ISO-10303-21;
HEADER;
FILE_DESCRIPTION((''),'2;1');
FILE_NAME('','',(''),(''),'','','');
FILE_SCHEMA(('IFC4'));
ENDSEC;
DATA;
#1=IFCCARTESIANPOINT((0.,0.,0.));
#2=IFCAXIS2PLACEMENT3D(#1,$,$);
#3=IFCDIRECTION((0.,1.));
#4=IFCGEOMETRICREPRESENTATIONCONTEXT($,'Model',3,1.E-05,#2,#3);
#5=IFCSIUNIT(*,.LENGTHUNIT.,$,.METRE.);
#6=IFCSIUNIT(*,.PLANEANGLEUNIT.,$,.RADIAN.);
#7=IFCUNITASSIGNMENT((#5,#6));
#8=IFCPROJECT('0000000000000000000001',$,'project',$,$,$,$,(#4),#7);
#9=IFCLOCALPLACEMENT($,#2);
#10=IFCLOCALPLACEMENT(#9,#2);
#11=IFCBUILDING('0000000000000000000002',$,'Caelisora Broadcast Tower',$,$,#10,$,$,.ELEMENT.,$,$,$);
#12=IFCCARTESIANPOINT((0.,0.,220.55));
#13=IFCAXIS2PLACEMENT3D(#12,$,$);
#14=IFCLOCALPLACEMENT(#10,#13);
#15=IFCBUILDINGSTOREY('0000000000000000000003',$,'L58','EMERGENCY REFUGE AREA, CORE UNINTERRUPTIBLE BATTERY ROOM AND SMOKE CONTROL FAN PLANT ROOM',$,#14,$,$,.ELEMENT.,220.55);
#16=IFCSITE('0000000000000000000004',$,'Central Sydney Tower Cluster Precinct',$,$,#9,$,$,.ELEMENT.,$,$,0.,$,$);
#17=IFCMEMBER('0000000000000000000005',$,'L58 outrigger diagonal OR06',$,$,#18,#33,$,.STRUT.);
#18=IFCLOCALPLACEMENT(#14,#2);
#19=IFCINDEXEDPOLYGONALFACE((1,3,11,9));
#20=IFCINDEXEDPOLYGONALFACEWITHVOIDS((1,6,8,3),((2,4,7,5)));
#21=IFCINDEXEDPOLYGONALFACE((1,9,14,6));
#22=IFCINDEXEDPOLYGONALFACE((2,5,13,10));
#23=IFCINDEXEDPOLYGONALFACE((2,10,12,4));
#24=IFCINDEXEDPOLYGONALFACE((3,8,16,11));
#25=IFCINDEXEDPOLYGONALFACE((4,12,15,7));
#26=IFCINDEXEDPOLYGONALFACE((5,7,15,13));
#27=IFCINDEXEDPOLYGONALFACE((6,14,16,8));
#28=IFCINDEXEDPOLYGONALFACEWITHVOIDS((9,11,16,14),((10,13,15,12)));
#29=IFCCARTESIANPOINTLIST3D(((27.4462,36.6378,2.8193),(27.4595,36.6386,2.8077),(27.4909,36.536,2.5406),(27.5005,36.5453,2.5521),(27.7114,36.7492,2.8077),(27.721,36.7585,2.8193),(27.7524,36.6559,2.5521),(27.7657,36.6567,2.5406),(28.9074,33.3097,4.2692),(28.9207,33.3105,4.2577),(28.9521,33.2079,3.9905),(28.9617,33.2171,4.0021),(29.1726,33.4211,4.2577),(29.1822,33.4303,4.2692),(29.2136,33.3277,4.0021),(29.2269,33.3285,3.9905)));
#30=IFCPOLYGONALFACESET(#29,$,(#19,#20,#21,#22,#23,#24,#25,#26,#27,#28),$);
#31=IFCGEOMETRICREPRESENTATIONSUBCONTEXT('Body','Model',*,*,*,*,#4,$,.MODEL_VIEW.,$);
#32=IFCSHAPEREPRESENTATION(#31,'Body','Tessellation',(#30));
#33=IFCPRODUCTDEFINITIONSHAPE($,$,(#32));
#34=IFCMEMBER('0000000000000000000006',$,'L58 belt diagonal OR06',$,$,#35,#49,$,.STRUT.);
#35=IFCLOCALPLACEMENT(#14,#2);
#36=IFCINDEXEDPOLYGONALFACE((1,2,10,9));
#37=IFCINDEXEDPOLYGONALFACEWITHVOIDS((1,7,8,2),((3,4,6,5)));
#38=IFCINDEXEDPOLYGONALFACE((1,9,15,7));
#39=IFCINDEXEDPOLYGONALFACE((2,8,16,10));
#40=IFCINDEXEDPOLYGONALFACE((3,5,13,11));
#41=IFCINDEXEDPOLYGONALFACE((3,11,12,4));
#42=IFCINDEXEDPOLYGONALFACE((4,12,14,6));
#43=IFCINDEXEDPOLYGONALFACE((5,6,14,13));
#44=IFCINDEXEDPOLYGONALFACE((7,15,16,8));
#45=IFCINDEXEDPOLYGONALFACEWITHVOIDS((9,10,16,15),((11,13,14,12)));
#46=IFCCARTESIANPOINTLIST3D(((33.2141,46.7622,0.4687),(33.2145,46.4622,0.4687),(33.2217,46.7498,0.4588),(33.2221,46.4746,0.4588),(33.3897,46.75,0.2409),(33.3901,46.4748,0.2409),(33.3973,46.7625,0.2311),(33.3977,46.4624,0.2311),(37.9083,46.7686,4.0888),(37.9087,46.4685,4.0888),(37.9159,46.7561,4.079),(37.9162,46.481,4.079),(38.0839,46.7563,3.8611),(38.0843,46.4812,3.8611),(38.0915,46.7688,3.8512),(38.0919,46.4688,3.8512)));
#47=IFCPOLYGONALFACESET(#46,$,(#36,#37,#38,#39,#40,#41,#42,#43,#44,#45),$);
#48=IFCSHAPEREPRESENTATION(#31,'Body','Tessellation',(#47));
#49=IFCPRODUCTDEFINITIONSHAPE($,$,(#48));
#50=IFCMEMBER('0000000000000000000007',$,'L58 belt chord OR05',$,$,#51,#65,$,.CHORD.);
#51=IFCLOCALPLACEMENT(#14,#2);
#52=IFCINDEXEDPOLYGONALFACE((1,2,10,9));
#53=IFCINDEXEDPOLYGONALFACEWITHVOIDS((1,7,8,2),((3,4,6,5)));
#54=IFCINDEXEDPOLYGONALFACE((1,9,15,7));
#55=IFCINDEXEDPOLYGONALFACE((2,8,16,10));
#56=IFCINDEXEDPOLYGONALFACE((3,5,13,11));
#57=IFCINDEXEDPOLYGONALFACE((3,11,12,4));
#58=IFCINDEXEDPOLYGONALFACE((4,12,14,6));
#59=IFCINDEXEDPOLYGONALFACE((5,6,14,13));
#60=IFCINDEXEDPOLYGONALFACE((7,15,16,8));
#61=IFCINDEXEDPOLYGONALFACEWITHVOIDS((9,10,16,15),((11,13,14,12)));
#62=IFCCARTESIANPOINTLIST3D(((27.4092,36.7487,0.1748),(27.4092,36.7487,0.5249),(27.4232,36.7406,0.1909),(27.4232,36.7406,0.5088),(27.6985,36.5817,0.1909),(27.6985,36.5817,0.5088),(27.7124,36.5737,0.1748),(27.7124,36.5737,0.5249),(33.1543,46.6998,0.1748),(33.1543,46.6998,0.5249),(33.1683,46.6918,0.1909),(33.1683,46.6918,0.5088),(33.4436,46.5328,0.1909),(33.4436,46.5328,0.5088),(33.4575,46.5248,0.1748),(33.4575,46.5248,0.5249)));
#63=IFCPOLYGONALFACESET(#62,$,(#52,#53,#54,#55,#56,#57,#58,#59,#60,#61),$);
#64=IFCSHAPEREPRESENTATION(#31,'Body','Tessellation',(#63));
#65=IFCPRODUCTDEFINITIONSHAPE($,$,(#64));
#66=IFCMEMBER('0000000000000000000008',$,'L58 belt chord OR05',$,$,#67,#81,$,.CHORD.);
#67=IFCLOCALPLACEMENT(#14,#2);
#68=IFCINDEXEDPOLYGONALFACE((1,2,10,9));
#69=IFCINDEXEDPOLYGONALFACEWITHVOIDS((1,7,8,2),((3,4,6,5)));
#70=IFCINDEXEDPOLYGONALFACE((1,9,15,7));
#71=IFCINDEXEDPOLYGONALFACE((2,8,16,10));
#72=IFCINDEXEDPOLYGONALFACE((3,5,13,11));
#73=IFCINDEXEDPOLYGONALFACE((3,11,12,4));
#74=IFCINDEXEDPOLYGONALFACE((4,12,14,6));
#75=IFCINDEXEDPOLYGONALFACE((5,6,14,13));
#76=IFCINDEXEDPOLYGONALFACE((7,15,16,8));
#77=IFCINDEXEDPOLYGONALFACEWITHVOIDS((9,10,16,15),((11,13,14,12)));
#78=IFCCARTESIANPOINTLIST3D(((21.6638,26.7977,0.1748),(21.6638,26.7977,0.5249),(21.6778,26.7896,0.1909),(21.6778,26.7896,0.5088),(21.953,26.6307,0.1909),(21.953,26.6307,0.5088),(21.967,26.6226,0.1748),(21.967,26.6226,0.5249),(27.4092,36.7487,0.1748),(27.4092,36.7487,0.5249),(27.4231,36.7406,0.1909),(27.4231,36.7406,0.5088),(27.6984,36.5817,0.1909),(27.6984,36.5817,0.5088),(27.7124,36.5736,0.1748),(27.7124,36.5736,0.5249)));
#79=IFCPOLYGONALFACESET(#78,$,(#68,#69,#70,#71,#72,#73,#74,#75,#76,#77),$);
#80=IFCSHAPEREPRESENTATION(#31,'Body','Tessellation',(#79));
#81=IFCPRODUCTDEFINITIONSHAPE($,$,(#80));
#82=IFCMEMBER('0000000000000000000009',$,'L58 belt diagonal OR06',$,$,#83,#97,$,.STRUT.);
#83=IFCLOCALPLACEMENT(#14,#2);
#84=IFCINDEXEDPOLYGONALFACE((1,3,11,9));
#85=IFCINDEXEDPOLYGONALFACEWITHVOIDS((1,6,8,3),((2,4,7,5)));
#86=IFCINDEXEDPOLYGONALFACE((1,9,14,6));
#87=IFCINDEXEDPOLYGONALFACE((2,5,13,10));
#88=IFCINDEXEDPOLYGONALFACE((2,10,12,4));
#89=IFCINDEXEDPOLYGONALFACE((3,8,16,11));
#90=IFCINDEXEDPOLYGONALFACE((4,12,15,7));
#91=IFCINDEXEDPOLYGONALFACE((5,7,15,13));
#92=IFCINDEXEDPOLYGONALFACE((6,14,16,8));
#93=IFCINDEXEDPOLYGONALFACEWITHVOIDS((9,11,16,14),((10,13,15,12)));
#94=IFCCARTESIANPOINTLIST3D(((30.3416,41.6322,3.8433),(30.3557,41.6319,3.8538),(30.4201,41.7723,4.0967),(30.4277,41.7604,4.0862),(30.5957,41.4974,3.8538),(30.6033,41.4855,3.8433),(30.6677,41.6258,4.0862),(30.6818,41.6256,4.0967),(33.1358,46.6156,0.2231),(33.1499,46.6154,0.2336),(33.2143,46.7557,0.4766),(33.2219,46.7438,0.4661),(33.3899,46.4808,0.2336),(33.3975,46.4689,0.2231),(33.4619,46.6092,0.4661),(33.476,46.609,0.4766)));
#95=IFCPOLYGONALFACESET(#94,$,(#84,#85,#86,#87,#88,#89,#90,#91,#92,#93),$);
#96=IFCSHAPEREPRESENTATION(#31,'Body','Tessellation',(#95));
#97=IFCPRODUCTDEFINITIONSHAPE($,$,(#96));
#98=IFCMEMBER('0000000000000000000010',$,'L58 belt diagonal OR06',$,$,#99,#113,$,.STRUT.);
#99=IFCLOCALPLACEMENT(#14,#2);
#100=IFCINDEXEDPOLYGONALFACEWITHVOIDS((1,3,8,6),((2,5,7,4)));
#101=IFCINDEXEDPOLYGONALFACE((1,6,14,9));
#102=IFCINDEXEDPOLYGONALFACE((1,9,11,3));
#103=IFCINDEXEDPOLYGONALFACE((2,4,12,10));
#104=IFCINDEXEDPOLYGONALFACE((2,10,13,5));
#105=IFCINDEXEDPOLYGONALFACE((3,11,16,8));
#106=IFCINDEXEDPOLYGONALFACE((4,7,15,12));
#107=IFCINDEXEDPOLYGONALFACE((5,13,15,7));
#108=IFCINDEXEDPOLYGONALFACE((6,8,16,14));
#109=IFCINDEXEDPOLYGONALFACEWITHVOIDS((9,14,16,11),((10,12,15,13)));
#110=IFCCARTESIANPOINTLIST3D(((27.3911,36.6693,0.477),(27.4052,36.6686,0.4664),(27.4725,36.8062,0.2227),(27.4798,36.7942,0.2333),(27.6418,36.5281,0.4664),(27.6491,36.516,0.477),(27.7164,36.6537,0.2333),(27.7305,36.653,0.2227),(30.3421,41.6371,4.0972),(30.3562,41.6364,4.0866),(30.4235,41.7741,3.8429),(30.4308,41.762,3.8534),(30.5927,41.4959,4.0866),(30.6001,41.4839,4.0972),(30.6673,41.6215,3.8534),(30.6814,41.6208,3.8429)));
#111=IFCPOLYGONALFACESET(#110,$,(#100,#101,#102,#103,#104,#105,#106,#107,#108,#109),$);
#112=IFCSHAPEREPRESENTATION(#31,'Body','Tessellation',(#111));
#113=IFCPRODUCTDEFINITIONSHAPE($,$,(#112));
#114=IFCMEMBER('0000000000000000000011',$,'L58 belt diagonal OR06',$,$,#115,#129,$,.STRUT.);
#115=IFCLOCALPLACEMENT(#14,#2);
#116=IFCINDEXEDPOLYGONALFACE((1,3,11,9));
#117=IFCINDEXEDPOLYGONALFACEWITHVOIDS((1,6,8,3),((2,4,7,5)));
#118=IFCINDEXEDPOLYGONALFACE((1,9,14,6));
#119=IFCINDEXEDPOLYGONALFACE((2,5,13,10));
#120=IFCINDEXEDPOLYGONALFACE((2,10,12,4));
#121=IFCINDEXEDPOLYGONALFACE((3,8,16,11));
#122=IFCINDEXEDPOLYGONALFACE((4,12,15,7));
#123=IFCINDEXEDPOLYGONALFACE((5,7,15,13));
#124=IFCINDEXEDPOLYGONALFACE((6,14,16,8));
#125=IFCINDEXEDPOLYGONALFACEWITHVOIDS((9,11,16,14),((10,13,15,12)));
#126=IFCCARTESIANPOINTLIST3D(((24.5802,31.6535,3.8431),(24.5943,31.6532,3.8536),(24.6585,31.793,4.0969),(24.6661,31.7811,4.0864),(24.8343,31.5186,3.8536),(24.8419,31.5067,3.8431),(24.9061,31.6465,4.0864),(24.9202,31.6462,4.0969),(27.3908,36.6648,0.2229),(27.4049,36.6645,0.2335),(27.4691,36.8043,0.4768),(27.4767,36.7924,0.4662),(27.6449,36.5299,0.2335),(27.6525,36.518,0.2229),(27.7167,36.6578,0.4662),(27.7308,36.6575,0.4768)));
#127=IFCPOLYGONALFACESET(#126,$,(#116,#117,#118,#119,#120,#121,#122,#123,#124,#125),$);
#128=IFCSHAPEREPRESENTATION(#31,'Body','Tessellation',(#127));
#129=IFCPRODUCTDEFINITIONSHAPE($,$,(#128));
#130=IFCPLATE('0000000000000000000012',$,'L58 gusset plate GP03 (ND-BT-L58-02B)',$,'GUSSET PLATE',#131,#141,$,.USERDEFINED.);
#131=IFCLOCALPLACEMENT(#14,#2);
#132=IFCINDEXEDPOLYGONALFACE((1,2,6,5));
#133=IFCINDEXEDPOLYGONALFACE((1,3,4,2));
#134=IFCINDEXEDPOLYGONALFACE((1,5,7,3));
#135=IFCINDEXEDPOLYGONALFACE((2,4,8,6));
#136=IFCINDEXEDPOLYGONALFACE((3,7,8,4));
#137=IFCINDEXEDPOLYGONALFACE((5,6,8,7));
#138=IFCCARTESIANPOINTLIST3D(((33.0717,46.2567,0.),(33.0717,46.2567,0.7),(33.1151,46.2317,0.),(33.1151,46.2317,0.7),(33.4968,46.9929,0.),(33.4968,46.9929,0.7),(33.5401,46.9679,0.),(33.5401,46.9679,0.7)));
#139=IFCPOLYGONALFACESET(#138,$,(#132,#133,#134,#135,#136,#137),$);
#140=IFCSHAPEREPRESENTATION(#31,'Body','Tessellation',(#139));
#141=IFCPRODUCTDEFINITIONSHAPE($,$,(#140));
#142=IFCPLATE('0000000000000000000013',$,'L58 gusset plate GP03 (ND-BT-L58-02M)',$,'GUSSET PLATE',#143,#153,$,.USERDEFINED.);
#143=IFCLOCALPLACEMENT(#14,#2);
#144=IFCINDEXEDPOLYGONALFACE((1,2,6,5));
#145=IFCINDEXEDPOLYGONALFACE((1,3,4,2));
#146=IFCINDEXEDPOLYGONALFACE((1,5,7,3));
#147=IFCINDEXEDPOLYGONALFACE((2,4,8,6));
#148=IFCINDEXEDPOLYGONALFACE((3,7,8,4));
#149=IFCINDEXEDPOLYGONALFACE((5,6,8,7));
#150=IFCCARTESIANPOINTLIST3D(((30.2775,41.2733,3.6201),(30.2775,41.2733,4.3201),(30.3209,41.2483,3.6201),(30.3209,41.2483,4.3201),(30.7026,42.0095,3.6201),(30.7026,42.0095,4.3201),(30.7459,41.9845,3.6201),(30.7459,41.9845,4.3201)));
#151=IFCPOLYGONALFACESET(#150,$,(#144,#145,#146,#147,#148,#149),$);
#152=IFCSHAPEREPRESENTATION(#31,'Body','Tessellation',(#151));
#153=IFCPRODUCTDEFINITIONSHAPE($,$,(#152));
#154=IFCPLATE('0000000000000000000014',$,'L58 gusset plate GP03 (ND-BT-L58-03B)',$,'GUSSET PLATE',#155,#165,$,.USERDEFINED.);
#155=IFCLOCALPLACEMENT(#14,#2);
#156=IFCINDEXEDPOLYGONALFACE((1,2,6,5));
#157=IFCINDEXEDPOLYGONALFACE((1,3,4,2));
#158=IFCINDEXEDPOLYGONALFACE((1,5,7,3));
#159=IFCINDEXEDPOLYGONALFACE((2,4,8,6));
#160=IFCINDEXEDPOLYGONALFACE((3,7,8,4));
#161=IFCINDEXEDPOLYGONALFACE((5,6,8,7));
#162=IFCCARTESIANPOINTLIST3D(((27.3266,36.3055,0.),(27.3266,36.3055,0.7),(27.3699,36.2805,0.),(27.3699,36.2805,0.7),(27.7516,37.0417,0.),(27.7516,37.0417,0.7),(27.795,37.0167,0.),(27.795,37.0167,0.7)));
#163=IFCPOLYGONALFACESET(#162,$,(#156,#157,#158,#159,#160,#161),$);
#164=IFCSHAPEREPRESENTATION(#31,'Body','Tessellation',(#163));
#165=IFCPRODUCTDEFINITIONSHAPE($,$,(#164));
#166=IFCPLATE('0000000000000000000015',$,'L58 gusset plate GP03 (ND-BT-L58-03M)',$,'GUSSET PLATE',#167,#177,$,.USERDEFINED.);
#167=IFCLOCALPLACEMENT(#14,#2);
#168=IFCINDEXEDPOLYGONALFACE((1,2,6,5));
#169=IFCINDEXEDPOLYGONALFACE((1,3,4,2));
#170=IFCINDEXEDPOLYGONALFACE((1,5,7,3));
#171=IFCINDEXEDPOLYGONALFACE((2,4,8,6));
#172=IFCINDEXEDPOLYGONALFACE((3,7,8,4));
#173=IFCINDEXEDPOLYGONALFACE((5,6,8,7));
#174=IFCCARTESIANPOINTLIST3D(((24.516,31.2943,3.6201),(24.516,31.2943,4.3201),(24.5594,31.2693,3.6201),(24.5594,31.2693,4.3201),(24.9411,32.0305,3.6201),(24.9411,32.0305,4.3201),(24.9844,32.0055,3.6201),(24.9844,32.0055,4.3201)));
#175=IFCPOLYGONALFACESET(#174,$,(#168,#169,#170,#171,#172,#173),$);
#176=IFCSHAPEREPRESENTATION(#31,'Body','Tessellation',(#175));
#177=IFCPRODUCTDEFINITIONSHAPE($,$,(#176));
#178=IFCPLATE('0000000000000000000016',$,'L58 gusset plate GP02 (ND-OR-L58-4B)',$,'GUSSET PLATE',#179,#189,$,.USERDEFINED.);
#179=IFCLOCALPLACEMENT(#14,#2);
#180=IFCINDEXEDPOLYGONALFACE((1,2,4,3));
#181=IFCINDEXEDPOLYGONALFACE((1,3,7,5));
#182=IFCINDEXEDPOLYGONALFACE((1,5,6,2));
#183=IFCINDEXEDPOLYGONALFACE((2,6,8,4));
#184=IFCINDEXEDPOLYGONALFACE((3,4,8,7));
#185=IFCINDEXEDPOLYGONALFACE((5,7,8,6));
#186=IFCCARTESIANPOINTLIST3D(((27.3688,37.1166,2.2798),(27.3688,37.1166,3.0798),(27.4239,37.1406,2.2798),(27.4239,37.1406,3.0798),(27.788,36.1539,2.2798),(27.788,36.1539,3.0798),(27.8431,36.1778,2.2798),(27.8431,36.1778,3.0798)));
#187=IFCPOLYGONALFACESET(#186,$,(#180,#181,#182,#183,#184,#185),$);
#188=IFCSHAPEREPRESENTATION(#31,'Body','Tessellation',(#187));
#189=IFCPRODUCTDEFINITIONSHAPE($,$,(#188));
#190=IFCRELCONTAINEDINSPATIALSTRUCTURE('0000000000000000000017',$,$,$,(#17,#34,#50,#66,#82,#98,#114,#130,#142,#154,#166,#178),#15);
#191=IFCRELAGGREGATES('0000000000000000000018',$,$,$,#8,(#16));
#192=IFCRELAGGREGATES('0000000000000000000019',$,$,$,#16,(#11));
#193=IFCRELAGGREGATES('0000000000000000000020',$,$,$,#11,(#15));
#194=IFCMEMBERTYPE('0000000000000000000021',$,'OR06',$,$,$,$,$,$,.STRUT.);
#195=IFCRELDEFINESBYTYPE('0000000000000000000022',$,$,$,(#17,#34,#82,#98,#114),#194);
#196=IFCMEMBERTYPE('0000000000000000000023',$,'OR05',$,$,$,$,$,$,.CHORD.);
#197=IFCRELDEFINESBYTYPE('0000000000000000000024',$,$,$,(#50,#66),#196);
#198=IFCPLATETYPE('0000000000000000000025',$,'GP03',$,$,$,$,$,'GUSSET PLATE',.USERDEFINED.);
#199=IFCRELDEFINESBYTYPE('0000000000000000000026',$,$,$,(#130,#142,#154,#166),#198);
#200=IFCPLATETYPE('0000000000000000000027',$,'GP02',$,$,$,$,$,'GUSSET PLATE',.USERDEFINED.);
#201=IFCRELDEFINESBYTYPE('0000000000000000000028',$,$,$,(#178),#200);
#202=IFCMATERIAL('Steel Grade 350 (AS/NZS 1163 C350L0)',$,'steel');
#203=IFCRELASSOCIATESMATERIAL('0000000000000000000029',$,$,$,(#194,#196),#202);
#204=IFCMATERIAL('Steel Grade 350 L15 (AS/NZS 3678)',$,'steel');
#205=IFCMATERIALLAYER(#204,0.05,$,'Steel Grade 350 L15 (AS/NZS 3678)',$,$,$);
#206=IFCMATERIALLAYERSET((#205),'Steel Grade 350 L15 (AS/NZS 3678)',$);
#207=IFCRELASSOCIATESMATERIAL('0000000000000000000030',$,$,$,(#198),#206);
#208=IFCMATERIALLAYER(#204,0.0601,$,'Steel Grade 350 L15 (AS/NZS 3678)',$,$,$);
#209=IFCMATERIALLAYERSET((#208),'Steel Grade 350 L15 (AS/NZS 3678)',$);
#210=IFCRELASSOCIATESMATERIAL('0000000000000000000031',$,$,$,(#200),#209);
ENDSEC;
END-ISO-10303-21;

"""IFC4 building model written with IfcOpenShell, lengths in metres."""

from ifc_helpers import new_model, si_unit, direction, frame, origin, origin_2d, place, context, subcontext, project, spatial, rectangle, hollow_rectangle, extrude, source, transform, mapped, material, layer, layer_set, material_profile, profile_set, type_object, type_shapes, element, save


model = new_model("IFC4")

# Units and contexts
model_context = context("Model", 3, precision=1e-05, world=origin(), true_north=direction((0.0, 1.0)))
body_context = subcontext(model_context, "Body", "Model", "MODEL_VIEW")
ifc_project = project(units=[si_unit("LENGTHUNIT", "METRE"), si_unit("PLANEANGLEUNIT", "RADIAN")], contexts=[model_context])

# Site, building, storey
site_placement = place(None, origin())
site = spatial("IfcSite", under=ifc_project, at=site_placement, Name="Central Sydney Tower Cluster Precinct", CompositionType="ELEMENT", RefElevation=0.0)
building_placement = place(site_placement, origin())
building = spatial("IfcBuilding", under=site, at=building_placement, Name="Caelisora Broadcast Tower", CompositionType="ELEMENT")
storey_placement = place(building_placement, frame((0.0, 0.0, 220.55)))
storey = spatial("IfcBuildingStorey", under=building, at=storey_placement, Name="L58", Description="EMERGENCY REFUGE AREA, CORE UNINTERRUPTIBLE BATTERY ROOM AND SMOKE CONTROL FAN PLANT ROOM", CompositionType="ELEMENT", Elevation=220.55)

# Shared definitions
ifc_material_1 = material(Name="Steel Grade 350 L15 (AS/NZS 3678)", Category="steel")

# Shared definitions
ifc_material_2 = material(Name="Steel Grade 350 (AS/NZS 1163 C350L0)", Category="steel")

# Members
ifc_material_profile_1 = material_profile(ifc_material_2, hollow_rectangle(XDim=0.3, YDim=0.3, WallThickness=0.0125, at=origin_2d()), Name="Steel Grade 350 (AS/NZS 1163 C350L0)")
ifc_profile_set_1 = profile_set([ifc_material_profile_1], Name="Steel Grade 350 (AS/NZS 1163 C350L0)")
member_type_1 = type_object("IfcMemberType", Name="OR06", PredefinedType="STRUT", material=ifc_profile_set_1)
shared_shape_1 = source(origin(), body_context, "Body", "SweptSolid", [
    extrude(hollow_rectangle(XDim=0.3, YDim=0.3, WallThickness=0.0125, at=origin_2d()), origin(), (0.0, 0.0, 1.0), 3.9133),
])
member_1_placement = place(storey_placement, frame((29.0671, 33.3191, 4.1299), z_axis=(-0.37339, 0.850468, -0.37052), x_axis=(-0.915639, -0.402002, 0.0)))
element("IfcMember", 1, at=member_1_placement, inside=storey, type_object=member_type_1, Name="L58 outrigger diagonal OR06", PredefinedType="STRUT", context=body_context, shape_type="MappedRepresentation", body=[
    mapped(shared_shape_1, transform((0.0, 0.0, 0.0), scale=1.0)),
])
shared_shape_2 = source(origin(), body_context, "Body", "SweptSolid", [
    extrude(hollow_rectangle(XDim=0.3, YDim=0.3, WallThickness=0.0125, at=origin_2d()), origin(), (0.0, 0.0, 1.0), 5.928),
])
member_2_placement = place(storey_placement, frame((33.3059, 46.6123, 0.3499), z_axis=(0.791867, 0.001071, 0.610693), x_axis=(-0.001352, 0.999999, 0.0)))
element("IfcMember", 2, at=member_2_placement, inside=storey, type_object=member_type_1, Name="L58 belt diagonal OR06", PredefinedType="STRUT", context=body_context, shape_type="MappedRepresentation", body=[
    mapped(shared_shape_2, transform((0.0, 0.0, 0.0), scale=1.0)),
])
ifc_material_profile_2 = material_profile(ifc_material_2, hollow_rectangle(XDim=0.3501, YDim=0.3501, WallThickness=0.0161, at=origin_2d()), Name="Steel Grade 350 (AS/NZS 1163 C350L0)")
ifc_profile_set_2 = profile_set([ifc_material_profile_2], Name="Steel Grade 350 (AS/NZS 1163 C350L0)")
member_type_2 = type_object("IfcMemberType", Name="OR05", PredefinedType="CHORD", material=ifc_profile_set_2)
shared_shape_3 = source(origin(), body_context, "Body", "SweptSolid", [
    extrude(hollow_rectangle(XDim=0.3501, YDim=0.3501, WallThickness=0.0161, at=origin_2d()), origin(), (0.0, 0.0, 1.0), 11.4905),
])
type_shapes(member_type_2, [shared_shape_3])
for number, where, z_axis, x_axis, name in (
    (3, (33.3059, 46.6123, 0.3499), (-0.499987, -0.866033, 0.0), (0.866033, -0.499987, 0.0), "L58 belt chord OR05"),
    (4, (27.5608, 36.6611, 0.3499), (-0.500012, -0.866018, 0.0), (0.866018, -0.500012, 0.0), "L58 belt chord OR05"),
):
    element("IfcMember", number, at=place(storey_placement, frame(where, z_axis=z_axis, x_axis=x_axis)), inside=storey, type_object=member_type_2, Name=name, PredefinedType="CHORD", context=body_context, shape_type="MappedRepresentation", body=[
        mapped(shared_shape_3, transform((0.0, 0.0, 0.0), scale=1.0)),
    ])
shared_shape_4 = source(origin(), body_context, "Body", "SweptSolid", [
    extrude(hollow_rectangle(XDim=0.3, YDim=0.3, WallThickness=0.0125, at=origin_2d()), origin(), (0.0, 0.0, 1.0), 6.7637),
])
member_3_placement = place(storey_placement, frame((33.3059, 46.6123, 0.3499), z_axis=(-0.413118, -0.736791, 0.535231), x_axis=(0.872246, -0.489068, 0.0)))
element("IfcMember", 5, at=member_3_placement, inside=storey, type_object=member_type_1, Name="L58 belt diagonal OR06", PredefinedType="STRUT", context=body_context, shape_type="MappedRepresentation", body=[
    mapped(shared_shape_4, transform((0.0, 0.0, 0.0), scale=1.0)),
])
shared_shape_5 = source(origin(), body_context, "Body", "SweptSolid", [
    extrude(hollow_rectangle(XDim=0.3, YDim=0.3, WallThickness=0.0125, at=origin_2d()), origin(), (0.0, 0.0, 1.0), 6.8186),
])
member_4_placement = place(storey_placement, frame((27.5608, 36.6611, 0.3499), z_axis=(0.432782, 0.728572, 0.530925), x_axis=(-0.859755, 0.510707, 0.0)))
element("IfcMember", 6, at=member_4_placement, inside=storey, type_object=member_type_1, Name="L58 belt diagonal OR06", PredefinedType="STRUT", context=body_context, shape_type="MappedRepresentation", body=[
    mapped(shared_shape_5, transform((0.0, 0.0, 0.0), scale=1.0)),
])
shared_shape_6 = source(origin(), body_context, "Body", "SweptSolid", [
    extrude(hollow_rectangle(XDim=0.3, YDim=0.3, WallThickness=0.0125, at=origin_2d()), origin(), (0.0, 0.0, 1.0), 6.791),
])
type_shapes(member_type_1, [shared_shape_1, shared_shape_2, shared_shape_4, shared_shape_5, shared_shape_6])
member_5_placement = place(storey_placement, frame((27.5608, 36.6611, 0.3499), z_axis=(-0.413867, -0.737929, 0.533081), x_axis=(0.87219, -0.489167, 0.0)))
element("IfcMember", 7, at=member_5_placement, inside=storey, type_object=member_type_1, Name="L58 belt diagonal OR06", PredefinedType="STRUT", context=body_context, shape_type="MappedRepresentation", body=[
    mapped(shared_shape_6, transform((0.0, 0.0, 0.0), scale=1.0)),
])

# Plates
ifc_layer_1 = layer(ifc_material_1, 0.05, Name="Steel Grade 350 L15 (AS/NZS 3678)")
ifc_layer_set_1 = layer_set([ifc_layer_1], Name="Steel Grade 350 L15 (AS/NZS 3678)")
plate_type_1 = type_object("IfcPlateType", Name="GP03", ElementType="GUSSET PLATE", PredefinedType="USERDEFINED", material=ifc_layer_set_1)
shared_shape_7 = source(origin(), body_context, "Body", "SweptSolid", [
    extrude(rectangle(XDim=0.8501, YDim=0.05, at=origin_2d()), origin(), (0.0, 0.0, 1.0), 0.7),
])
type_shapes(plate_type_1, [shared_shape_7])
for number, where, z_axis, x_axis, name in (
    (8, (33.3059, 46.6123, 0.0), (0.0, 0.0, 1.0), (-0.5, -0.866025, 0.0), "L58 gusset plate GP03 (ND-BT-L58-02B)"),
    (9, (30.5117, 41.6289, 3.6201), (0.0, 0.0, 1.0), (-0.5, -0.866025, 0.0), "L58 gusset plate GP03 (ND-BT-L58-02M)"),
    (10, (27.5608, 36.6611, 0.0), (0.0, 0.0, 1.0), (-0.5, -0.866025, 0.0), "L58 gusset plate GP03 (ND-BT-L58-03B)"),
    (11, (24.7502, 31.6499, 3.6201), (0.0, 0.0, 1.0), (-0.5, -0.866025, 0.0), "L58 gusset plate GP03 (ND-BT-L58-03M)"),
):
    element("IfcPlate", number, at=place(storey_placement, frame(where, z_axis=z_axis, x_axis=x_axis)), inside=storey, type_object=plate_type_1, Name=name, ObjectType="GUSSET PLATE", PredefinedType="USERDEFINED", context=body_context, shape_type="MappedRepresentation", body=[
        mapped(shared_shape_7, transform((0.0, 0.0, 0.0), scale=1.0)),
    ])
ifc_layer_2 = layer(ifc_material_1, 0.0601, Name="Steel Grade 350 L15 (AS/NZS 3678)")
ifc_layer_set_2 = layer_set([ifc_layer_2], Name="Steel Grade 350 L15 (AS/NZS 3678)")
plate_type_2 = type_object("IfcPlateType", Name="GP02", ElementType="GUSSET PLATE", PredefinedType="USERDEFINED", material=ifc_layer_set_2)
shared_shape_8 = source(origin(), body_context, "Body", "SweptSolid", [
    extrude(rectangle(XDim=1.05, YDim=0.0601, at=origin_2d()), origin(), (0.0, 0.0, 1.0), 0.8),
])
plate_1_placement = place(storey_placement, frame((27.606, 36.6472, 2.2798), z_axis=(0.0, 0.0, 1.0), x_axis=(-0.399229, 0.916851, 0.0)))
element("IfcPlate", 12, at=plate_1_placement, inside=storey, type_object=plate_type_2, Name="L58 gusset plate GP02 (ND-OR-L58-4B)", ObjectType="GUSSET PLATE", PredefinedType="USERDEFINED", context=body_context, shape_type="MappedRepresentation", body=[
    mapped(shared_shape_8, transform((0.0, 0.0, 0.0), scale=1.0)),
])

save(model, "model.ifc")
